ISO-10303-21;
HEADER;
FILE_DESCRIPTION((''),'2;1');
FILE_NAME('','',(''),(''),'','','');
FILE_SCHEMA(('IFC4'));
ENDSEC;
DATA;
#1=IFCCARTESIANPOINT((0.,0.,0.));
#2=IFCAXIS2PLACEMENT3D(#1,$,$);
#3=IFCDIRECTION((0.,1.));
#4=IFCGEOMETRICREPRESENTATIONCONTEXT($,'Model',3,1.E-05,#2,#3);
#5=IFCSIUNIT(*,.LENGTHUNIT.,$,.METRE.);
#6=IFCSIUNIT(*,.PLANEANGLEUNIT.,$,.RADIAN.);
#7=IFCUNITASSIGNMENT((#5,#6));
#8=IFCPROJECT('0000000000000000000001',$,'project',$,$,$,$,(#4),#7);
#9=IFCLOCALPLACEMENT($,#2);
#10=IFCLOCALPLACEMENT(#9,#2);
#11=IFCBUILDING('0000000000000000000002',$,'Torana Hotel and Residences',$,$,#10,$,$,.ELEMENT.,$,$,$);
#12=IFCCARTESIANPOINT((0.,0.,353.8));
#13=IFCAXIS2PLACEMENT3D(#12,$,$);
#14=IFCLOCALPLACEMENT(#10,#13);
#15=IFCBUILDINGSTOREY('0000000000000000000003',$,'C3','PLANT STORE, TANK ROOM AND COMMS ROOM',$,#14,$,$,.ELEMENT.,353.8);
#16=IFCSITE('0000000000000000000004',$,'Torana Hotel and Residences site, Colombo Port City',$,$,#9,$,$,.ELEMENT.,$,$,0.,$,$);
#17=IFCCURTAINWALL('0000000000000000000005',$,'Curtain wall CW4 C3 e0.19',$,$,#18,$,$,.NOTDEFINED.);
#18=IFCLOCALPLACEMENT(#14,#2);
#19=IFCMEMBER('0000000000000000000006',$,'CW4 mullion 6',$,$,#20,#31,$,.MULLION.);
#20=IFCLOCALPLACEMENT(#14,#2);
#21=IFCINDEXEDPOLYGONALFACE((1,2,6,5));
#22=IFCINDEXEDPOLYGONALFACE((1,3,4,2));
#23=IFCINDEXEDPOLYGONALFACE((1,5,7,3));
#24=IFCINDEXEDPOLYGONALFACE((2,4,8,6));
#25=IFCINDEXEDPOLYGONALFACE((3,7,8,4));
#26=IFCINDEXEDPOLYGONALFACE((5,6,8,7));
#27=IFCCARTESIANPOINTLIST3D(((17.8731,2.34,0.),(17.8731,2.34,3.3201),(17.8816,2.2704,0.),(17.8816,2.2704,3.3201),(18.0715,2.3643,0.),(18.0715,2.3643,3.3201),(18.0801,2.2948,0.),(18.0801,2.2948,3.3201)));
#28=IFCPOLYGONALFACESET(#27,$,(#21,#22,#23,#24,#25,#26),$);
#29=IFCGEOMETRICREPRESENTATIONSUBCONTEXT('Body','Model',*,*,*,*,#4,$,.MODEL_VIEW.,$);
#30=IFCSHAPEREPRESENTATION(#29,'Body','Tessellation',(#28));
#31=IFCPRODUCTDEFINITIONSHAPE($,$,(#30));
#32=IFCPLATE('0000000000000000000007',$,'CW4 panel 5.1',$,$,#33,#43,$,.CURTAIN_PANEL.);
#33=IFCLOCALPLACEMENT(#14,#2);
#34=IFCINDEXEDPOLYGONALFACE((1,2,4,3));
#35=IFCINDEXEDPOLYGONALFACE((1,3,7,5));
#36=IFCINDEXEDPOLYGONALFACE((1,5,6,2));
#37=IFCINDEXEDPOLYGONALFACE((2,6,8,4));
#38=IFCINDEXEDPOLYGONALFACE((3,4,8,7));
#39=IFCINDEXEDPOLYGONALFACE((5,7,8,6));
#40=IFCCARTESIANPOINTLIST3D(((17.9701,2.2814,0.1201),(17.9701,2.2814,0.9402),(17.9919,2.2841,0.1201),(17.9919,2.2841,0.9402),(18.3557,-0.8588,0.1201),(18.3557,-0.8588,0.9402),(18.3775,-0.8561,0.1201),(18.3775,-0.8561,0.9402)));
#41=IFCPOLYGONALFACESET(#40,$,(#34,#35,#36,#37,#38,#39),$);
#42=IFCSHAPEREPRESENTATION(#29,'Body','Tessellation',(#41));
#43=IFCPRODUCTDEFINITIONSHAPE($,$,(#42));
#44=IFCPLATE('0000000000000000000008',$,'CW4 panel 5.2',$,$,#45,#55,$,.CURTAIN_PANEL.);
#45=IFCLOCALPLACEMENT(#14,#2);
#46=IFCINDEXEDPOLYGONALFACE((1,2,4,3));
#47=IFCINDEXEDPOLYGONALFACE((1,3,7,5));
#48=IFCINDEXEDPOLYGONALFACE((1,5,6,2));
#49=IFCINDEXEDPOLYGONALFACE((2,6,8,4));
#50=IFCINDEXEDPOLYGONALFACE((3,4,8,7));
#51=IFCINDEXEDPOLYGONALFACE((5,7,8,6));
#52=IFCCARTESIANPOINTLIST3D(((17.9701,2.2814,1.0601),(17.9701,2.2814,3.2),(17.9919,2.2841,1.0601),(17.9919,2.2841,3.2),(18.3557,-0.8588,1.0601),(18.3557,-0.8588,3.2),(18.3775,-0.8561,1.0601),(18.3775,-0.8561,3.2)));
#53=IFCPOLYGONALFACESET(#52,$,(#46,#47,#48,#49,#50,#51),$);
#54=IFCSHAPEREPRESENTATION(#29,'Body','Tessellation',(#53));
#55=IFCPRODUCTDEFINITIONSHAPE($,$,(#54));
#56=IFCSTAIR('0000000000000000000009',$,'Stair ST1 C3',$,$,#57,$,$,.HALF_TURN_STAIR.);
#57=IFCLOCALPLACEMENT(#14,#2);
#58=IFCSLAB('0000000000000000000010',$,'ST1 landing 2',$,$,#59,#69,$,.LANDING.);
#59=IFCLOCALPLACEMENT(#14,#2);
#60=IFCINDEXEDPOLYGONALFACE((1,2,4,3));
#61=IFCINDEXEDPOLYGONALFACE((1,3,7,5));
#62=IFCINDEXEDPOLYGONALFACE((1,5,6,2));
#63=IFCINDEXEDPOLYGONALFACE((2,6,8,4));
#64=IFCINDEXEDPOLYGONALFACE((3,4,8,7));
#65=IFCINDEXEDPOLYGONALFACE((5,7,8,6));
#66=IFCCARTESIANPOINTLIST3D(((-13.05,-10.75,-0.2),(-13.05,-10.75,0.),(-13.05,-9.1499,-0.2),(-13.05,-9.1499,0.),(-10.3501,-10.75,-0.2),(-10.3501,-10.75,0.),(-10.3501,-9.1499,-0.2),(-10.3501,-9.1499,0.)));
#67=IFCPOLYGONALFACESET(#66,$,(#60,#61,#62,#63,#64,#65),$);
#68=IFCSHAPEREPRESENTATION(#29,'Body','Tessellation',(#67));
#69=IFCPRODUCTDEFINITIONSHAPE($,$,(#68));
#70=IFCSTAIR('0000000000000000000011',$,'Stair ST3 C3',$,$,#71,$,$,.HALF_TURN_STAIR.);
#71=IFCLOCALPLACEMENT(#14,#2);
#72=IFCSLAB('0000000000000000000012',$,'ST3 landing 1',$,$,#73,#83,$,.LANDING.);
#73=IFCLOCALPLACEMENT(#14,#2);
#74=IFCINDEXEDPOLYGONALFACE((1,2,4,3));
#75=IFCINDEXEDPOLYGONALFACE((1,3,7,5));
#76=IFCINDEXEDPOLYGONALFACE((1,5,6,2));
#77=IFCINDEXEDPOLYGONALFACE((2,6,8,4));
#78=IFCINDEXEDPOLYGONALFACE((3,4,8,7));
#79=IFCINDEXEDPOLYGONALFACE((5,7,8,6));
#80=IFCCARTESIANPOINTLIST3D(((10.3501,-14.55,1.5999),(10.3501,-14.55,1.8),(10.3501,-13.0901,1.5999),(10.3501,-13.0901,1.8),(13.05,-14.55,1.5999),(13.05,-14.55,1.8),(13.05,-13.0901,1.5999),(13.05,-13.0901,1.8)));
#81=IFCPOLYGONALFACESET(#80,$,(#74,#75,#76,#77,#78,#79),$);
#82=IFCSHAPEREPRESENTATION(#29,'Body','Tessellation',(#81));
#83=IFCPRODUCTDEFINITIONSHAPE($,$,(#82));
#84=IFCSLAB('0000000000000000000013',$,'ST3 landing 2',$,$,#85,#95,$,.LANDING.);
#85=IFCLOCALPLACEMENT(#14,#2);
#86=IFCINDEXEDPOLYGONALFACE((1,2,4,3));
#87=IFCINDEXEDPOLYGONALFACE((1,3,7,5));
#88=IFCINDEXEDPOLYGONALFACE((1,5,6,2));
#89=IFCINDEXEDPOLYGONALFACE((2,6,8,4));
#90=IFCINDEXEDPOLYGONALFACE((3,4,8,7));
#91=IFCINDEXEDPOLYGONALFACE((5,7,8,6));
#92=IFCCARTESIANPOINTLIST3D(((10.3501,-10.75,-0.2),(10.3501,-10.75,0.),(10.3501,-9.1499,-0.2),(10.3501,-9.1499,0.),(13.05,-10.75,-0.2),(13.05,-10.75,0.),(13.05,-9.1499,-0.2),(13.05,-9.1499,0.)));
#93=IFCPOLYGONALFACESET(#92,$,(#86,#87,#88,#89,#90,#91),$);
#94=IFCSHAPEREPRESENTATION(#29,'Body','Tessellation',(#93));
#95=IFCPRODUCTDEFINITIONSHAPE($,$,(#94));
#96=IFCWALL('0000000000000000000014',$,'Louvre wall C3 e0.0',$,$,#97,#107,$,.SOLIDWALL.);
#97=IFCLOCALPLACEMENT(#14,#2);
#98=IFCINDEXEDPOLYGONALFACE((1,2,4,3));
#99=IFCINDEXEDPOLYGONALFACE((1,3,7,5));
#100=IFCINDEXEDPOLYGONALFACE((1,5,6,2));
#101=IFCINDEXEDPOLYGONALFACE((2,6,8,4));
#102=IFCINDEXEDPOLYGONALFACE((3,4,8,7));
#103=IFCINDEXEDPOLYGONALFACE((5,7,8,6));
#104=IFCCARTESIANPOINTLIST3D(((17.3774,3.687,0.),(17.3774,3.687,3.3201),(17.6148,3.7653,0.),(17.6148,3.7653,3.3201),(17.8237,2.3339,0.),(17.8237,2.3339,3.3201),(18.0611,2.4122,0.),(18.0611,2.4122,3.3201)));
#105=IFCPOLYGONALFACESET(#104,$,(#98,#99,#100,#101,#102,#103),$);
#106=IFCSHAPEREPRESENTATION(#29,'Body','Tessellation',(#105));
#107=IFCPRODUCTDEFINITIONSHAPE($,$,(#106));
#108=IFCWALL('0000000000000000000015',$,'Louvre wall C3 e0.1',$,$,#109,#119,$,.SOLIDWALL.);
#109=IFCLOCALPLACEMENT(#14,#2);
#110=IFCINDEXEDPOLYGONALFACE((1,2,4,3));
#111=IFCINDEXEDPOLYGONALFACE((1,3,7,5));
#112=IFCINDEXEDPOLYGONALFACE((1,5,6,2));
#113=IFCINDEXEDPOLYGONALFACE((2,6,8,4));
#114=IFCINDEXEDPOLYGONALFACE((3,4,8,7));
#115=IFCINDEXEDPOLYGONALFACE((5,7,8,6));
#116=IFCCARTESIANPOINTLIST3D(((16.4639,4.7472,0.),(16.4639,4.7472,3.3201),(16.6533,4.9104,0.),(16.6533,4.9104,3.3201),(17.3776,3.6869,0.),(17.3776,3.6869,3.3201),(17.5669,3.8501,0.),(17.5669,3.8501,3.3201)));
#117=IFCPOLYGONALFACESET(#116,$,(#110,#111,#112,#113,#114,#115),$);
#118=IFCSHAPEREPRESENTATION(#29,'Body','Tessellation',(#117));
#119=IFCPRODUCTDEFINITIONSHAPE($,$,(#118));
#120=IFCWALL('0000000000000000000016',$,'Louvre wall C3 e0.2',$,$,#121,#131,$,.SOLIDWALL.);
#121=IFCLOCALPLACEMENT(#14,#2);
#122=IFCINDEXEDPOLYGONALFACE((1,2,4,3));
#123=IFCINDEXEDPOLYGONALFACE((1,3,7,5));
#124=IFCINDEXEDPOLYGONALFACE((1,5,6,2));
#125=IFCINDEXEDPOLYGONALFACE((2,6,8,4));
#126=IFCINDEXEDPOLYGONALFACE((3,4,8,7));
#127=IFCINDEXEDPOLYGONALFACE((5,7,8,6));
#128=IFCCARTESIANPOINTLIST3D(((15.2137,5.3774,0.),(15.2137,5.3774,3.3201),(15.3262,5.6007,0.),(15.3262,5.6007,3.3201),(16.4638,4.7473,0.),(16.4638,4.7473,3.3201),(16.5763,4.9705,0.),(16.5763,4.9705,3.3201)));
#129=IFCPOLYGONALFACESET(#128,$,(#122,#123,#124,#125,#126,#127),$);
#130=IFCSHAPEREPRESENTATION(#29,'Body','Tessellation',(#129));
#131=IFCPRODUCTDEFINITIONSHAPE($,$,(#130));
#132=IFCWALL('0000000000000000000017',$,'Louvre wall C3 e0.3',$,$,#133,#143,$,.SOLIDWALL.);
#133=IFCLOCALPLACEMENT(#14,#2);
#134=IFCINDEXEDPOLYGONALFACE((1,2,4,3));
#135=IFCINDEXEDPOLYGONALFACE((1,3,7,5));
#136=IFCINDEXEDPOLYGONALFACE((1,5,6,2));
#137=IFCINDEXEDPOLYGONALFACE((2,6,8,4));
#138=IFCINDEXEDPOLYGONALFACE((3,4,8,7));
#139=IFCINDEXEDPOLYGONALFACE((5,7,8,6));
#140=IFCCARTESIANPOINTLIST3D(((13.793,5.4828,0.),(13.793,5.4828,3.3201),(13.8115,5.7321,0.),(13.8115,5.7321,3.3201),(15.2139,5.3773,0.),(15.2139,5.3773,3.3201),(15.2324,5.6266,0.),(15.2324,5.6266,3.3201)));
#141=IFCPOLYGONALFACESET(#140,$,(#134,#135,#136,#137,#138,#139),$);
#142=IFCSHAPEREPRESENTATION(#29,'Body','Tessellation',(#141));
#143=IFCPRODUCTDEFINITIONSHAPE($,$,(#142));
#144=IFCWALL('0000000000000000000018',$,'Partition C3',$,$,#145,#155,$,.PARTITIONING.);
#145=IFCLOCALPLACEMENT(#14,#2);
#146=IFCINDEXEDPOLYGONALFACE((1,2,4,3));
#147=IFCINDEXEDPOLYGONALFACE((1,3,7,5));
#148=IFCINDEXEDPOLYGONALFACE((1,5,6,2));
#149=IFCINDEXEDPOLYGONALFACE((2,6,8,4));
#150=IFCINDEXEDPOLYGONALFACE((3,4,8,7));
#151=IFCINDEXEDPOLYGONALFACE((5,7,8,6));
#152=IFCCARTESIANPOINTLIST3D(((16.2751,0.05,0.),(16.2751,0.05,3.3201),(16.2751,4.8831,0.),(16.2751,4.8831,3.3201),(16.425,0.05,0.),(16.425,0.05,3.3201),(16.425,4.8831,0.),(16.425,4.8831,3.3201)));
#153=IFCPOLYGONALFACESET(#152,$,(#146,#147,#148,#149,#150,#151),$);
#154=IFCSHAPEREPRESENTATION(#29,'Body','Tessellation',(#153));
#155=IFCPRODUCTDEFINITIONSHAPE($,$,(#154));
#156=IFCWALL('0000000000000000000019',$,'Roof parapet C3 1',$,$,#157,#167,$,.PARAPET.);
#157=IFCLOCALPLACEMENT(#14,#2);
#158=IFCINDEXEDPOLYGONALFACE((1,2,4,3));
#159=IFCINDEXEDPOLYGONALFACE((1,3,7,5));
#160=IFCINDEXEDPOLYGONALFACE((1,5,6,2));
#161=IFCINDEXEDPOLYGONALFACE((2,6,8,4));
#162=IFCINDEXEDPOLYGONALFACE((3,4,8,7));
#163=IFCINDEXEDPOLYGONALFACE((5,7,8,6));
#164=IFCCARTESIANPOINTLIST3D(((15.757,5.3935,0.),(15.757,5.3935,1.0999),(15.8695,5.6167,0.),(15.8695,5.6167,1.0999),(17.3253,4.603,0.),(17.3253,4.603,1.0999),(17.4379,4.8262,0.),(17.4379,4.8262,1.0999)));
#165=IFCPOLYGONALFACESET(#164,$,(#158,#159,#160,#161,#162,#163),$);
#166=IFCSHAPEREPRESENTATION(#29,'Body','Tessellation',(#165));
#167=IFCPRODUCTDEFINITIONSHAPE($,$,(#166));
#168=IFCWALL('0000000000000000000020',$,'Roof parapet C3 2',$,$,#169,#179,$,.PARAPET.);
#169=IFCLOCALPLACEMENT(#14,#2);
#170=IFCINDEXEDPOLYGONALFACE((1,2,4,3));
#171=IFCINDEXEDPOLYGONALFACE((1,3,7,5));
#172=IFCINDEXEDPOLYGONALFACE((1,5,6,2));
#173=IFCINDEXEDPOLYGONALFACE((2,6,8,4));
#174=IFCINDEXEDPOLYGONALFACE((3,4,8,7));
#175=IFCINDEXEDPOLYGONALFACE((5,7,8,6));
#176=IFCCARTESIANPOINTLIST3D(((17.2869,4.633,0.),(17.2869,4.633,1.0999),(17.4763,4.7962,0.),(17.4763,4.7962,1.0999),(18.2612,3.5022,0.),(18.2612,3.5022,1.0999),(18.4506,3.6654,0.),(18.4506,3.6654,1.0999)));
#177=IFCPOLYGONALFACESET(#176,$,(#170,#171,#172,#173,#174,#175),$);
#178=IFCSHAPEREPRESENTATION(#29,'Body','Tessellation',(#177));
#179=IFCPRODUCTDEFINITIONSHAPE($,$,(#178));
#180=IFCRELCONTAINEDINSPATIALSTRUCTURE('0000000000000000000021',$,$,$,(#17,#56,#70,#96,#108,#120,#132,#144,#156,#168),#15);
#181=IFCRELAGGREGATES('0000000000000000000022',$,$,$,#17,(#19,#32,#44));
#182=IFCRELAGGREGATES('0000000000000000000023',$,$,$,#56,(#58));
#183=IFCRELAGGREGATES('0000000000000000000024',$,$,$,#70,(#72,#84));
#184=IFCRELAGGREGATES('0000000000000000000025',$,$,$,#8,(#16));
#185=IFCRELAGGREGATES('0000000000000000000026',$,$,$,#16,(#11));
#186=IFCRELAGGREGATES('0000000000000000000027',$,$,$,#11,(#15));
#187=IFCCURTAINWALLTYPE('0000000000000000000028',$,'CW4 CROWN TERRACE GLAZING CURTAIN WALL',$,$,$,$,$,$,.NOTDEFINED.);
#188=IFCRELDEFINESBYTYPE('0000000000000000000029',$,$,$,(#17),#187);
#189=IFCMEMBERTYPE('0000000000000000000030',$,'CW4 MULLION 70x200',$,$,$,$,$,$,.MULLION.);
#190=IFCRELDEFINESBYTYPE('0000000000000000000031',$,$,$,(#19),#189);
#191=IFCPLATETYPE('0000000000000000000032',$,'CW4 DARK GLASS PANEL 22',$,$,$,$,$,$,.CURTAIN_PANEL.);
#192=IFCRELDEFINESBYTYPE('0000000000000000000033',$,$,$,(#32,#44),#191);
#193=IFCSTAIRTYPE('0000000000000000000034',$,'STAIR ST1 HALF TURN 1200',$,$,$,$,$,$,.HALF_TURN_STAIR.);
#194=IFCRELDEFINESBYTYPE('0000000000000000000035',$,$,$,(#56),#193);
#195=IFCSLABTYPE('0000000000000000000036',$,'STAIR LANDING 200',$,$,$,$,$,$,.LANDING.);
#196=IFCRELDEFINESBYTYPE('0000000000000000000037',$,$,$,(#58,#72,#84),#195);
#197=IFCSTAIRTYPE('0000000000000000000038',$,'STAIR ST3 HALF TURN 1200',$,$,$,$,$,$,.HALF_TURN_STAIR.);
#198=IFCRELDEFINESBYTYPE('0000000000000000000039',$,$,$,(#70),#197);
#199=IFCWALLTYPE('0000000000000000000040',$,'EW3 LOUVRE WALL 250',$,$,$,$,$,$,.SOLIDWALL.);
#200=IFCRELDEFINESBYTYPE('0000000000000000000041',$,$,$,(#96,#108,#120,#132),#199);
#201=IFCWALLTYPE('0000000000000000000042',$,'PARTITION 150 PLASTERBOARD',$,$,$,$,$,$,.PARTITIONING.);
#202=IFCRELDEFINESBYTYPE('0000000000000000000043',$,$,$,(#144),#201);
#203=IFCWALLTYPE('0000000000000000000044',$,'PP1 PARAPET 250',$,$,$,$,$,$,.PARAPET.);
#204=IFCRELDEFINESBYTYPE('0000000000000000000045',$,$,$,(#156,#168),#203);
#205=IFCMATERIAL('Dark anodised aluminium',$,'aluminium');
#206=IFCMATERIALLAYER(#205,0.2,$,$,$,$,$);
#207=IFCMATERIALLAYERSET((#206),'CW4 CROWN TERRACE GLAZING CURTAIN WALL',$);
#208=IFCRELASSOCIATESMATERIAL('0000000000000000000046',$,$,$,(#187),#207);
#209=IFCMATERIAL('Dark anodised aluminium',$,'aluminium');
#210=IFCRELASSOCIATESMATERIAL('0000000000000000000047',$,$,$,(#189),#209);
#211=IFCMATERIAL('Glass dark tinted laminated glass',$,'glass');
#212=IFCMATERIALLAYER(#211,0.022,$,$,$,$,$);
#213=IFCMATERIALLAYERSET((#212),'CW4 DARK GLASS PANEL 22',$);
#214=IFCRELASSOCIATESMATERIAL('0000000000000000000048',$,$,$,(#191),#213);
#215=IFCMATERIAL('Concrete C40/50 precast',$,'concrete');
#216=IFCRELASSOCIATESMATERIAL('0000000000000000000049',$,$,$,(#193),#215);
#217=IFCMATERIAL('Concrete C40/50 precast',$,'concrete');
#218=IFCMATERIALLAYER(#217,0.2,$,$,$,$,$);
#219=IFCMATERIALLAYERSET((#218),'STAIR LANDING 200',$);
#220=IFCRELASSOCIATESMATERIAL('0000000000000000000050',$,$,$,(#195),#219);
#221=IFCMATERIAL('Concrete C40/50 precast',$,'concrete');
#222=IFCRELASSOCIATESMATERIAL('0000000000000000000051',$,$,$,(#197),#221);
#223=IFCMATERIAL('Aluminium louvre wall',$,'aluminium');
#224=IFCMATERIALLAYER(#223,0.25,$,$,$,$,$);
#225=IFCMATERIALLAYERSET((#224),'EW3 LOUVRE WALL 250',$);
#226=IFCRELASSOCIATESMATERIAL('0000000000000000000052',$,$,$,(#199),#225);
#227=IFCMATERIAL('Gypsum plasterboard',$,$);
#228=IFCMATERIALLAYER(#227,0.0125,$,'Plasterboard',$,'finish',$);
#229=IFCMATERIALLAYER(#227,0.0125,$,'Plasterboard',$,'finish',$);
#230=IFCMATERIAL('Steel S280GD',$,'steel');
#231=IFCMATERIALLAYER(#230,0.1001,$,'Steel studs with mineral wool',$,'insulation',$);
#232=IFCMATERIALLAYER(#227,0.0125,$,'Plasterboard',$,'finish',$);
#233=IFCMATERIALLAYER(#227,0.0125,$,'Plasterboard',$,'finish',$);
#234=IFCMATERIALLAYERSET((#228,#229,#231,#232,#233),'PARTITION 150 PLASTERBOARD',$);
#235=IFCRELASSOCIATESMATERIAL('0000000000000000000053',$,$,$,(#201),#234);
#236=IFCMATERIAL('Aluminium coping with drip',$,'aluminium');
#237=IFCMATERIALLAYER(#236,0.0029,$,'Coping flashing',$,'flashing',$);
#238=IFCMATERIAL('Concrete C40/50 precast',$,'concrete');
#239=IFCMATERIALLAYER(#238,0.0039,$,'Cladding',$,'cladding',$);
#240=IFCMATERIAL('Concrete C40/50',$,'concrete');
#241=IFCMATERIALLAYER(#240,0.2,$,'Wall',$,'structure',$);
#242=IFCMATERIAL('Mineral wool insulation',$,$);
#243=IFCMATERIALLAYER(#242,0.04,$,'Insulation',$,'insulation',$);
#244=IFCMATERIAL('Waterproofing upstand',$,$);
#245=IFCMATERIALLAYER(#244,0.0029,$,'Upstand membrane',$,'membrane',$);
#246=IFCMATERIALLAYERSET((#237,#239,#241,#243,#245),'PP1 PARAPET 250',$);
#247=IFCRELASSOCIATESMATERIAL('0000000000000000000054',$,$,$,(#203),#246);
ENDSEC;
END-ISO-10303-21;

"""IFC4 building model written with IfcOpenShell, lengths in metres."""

from ifc_helpers import new_model, si_unit, direction, frame, frame_2d, origin, origin_2d, place, context, subcontext, project, spatial, polyline, rectangle, outline, extrude, material, layer, layer_set, material_profile, profile_set, type_object, element, aggregate, save


model = new_model("IFC4")

# Units and contexts
model_context = context("Model", 3, precision=1e-05, world=origin(), true_north=direction((0.0, 1.0)))
body_context = subcontext(model_context, "Body", "Model", "MODEL_VIEW")
ifc_project = project(units=[si_unit("LENGTHUNIT", "METRE"), si_unit("PLANEANGLEUNIT", "RADIAN")], contexts=[model_context])

# Site, building, storey
site_placement = place(None, origin())
site = spatial("IfcSite", under=ifc_project, at=site_placement, Name="Torana Hotel and Residences site, Colombo Port City", CompositionType="ELEMENT", RefElevation=0.0)
building_placement = place(site_placement, origin())
building = spatial("IfcBuilding", under=site, at=building_placement, Name="Torana Hotel and Residences", CompositionType="ELEMENT")
storey_placement = place(building_placement, frame((0.0, 0.0, 353.8)))
storey = spatial("IfcBuildingStorey", under=building, at=storey_placement, Name="C3", Description="PLANT STORE, TANK ROOM AND COMMS ROOM", CompositionType="ELEMENT", Elevation=353.8)

# Curtain wall, member, plates
ifc_material_1 = material(Name="Dark anodised aluminium", Category="aluminium")
ifc_layer_1 = layer(ifc_material_1, 0.2)
ifc_layer_set_1 = layer_set([ifc_layer_1], Name="CW4 CROWN TERRACE GLAZING CURTAIN WALL")
curtain_wall_type = type_object("IfcCurtainWallType", Name="CW4 CROWN TERRACE GLAZING CURTAIN WALL", PredefinedType="NOTDEFINED", material=ifc_layer_set_1)
curtain_wall_placement = place(storey_placement, origin())
curtain_wall = element("IfcCurtainWall", 1, at=curtain_wall_placement, inside=storey, type_object=curtain_wall_type, Name="Curtain wall CW4 C3 e0.19", PredefinedType="NOTDEFINED")
ifc_material_2 = material(Name="Dark anodised aluminium", Category="aluminium")
ifc_material_profile = material_profile(ifc_material_2, rectangle(XDim=0.2, YDim=0.0701, at=origin_2d()), Name="CW4 MULLION 70x200")
ifc_profile_set = profile_set([ifc_material_profile], Name="Dark anodised aluminium")
member_type = type_object("IfcMemberType", Name="CW4 MULLION 70x200", PredefinedType="MULLION", material=ifc_profile_set)
member_placement = place(storey_placement, frame((17.9766, 2.3174, 0.0), z_axis=(0.0, 0.0, 1.0), x_axis=(-0.992546, -0.121867, 0.0)))
member = element("IfcMember", 2, at=member_placement, type_object=member_type, Name="CW4 mullion 6", PredefinedType="MULLION", context=body_context, shape_type="SweptSolid", body=[
    extrude(rectangle(XDim=0.2, YDim=0.0701, at=origin_2d()), origin(), (0.0, 0.0, 1.0), 3.3201),
])
ifc_material_3 = material(Name="Glass dark tinted laminated glass", Category="glass")
ifc_layer_2 = layer(ifc_material_3, 0.022)
ifc_layer_set_2 = layer_set([ifc_layer_2], Name="CW4 DARK GLASS PANEL 22")
plate_type = type_object("IfcPlateType", Name="CW4 DARK GLASS PANEL 22", PredefinedType="CURTAIN_PANEL", material=ifc_layer_set_2)
plate_1_placement = place(storey_placement, frame((18.1738, 0.7126, 0.1201), z_axis=(0.0, 0.0, 1.0), x_axis=(-0.121867, 0.992546, 0.0)))
plate_1 = element("IfcPlate", 3, at=plate_1_placement, type_object=plate_type, Name="CW4 panel 5.1", PredefinedType="CURTAIN_PANEL", context=body_context, shape_type="SweptSolid", body=[
    extrude(rectangle(XDim=3.1638, YDim=0.022, at=origin_2d()), origin(), (0.0, 0.0, 1.0), 0.8201),
])
plate_2_placement = place(storey_placement, frame((18.1738, 0.7126, 1.0601), z_axis=(0.0, 0.0, 1.0), x_axis=(-0.121867, 0.992546, 0.0)))
plate_2 = element("IfcPlate", 4, at=plate_2_placement, type_object=plate_type, Name="CW4 panel 5.2", PredefinedType="CURTAIN_PANEL", context=body_context, shape_type="SweptSolid", body=[
    extrude(rectangle(XDim=3.1638, YDim=0.022, at=origin_2d()), origin(), (0.0, 0.0, 1.0), 2.1399),
])
aggregate(curtain_wall, [member, plate_1, plate_2])

# Stair, slab
ifc_material_4 = material(Name="Concrete C40/50 precast", Category="concrete")
stair_type_1 = type_object("IfcStairType", Name="STAIR ST1 HALF TURN 1200", PredefinedType="HALF_TURN_STAIR", material=ifc_material_4)
stair_1_placement = place(storey_placement, origin())
stair_1 = element("IfcStair", 5, at=stair_1_placement, inside=storey, type_object=stair_type_1, Name="Stair ST1 C3", PredefinedType="HALF_TURN_STAIR")
ifc_material_5 = material(Name="Concrete C40/50 precast", Category="concrete")
ifc_layer_3 = layer(ifc_material_5, 0.2)
ifc_layer_set_3 = layer_set([ifc_layer_3], Name="STAIR LANDING 200")
slab_type = type_object("IfcSlabType", Name="STAIR LANDING 200", PredefinedType="LANDING", material=ifc_layer_set_3)
slab_1_placement = place(storey_placement, frame((0.0, 0.0, -0.2)))
slab_1 = element("IfcSlab", 6, at=slab_1_placement, type_object=slab_type, Name="ST1 landing 2", PredefinedType="LANDING", context=body_context, shape_type="SweptSolid", body=[
    extrude(outline(polyline([(-13.05, -10.75), (-10.3501, -10.75), (-10.3501, -9.1499), (-13.05, -9.1499), (-13.05, -10.75)])), origin(), (0.0, 0.0, 1.0), 0.2),
])
aggregate(stair_1, [slab_1])

# Stair, slabs
ifc_material_6 = material(Name="Concrete C40/50 precast", Category="concrete")
stair_type_2 = type_object("IfcStairType", Name="STAIR ST3 HALF TURN 1200", PredefinedType="HALF_TURN_STAIR", material=ifc_material_6)
stair_2_placement = place(storey_placement, origin())
stair_2 = element("IfcStair", 7, at=stair_2_placement, inside=storey, type_object=stair_type_2, Name="Stair ST3 C3", PredefinedType="HALF_TURN_STAIR")
slab_2_placement = place(storey_placement, frame((0.0, 0.0, 1.5999)))
slab_2 = element("IfcSlab", 8, at=slab_2_placement, type_object=slab_type, Name="ST3 landing 1", PredefinedType="LANDING", context=body_context, shape_type="SweptSolid", body=[
    extrude(outline(polyline([(10.3501, -14.55), (13.05, -14.55), (13.05, -13.0901), (10.3501, -13.0901), (10.3501, -14.55)])), origin(), (0.0, 0.0, 1.0), 0.2002),
])
slab_3_placement = place(storey_placement, frame((0.0, 0.0, -0.2)))
slab_3 = element("IfcSlab", 9, at=slab_3_placement, type_object=slab_type, Name="ST3 landing 2", PredefinedType="LANDING", context=body_context, shape_type="SweptSolid", body=[
    extrude(outline(polyline([(10.3501, -10.75), (13.05, -10.75), (13.05, -9.1499), (10.3501, -9.1499), (10.3501, -10.75)])), origin(), (0.0, 0.0, 1.0), 0.2),
])
aggregate(stair_2, [slab_2, slab_3])

# Walls
ifc_material_7 = material(Name="Aluminium louvre wall", Category="aluminium")
ifc_layer_4 = layer(ifc_material_7, 0.25)
ifc_layer_set_4 = layer_set([ifc_layer_4], Name="EW3 LOUVRE WALL 250")
wall_type_1 = type_object("IfcWallType", Name="EW3 LOUVRE WALL 250", PredefinedType="SOLIDWALL", material=ifc_layer_set_4)
wall_1_placement = place(storey_placement, frame((17.9424, 2.373, 0.0), z_axis=(0.0, 0.0, 1.0), x_axis=(-0.313245, 0.949672, 0.0)))
element("IfcWall", 10, at=wall_1_placement, inside=storey, type_object=wall_type_1, Name="Louvre wall C3 e0.0", PredefinedType="SOLIDWALL", context=body_context, shape_type="SweptSolid", body=[
    extrude(rectangle(XDim=1.4248, YDim=0.25, at=frame_2d((0.7124, 0.0))), origin(), (0.0, 0.0, 1.0), 3.3201),
])
wall_2_placement = place(storey_placement, frame((17.4722, 3.7686, 0.0), z_axis=(0.0, 0.0, 1.0), x_axis=(-0.652743, 0.757579, 0.0)))
element("IfcWall", 11, at=wall_2_placement, inside=storey, type_object=wall_type_1, Name="Louvre wall C3 e0.1", PredefinedType="SOLIDWALL", context=body_context, shape_type="SweptSolid", body=[
    extrude(rectangle(XDim=1.3997, YDim=0.25, at=frame_2d((0.6997, 0.0))), origin(), (0.0, 0.0, 1.0), 3.3201),
])
wall_3_placement = place(storey_placement, frame((16.52, 4.8589, 0.0), z_axis=(0.0, 0.0, 1.0), x_axis=(-0.892957, 0.450141, 0.0)))
element("IfcWall", 12, at=wall_3_placement, inside=storey, type_object=wall_type_1, Name="Louvre wall C3 e0.2", PredefinedType="SOLIDWALL", context=body_context, shape_type="SweptSolid", body=[
    extrude(rectangle(XDim=1.3999, YDim=0.25, at=frame_2d((0.7, 0.0))), origin(), (0.0, 0.0, 1.0), 3.3201),
])
wall_4_placement = place(storey_placement, frame((15.2231, 5.502, 0.0), z_axis=(0.0, 0.0, 1.0), x_axis=(-0.997257, 0.074023, 0.0)))
element("IfcWall", 13, at=wall_4_placement, inside=storey, type_object=wall_type_1, Name="Louvre wall C3 e0.3", PredefinedType="SOLIDWALL", context=body_context, shape_type="SweptSolid", body=[
    extrude(rectangle(XDim=1.4248, YDim=0.25, at=frame_2d((0.7124, 0.0))), origin(), (0.0, 0.0, 1.0), 3.3201),
])

# Walls
ifc_material_8 = material(Name="Gypsum plasterboard")
ifc_layer_5 = layer(ifc_material_8, 0.0125, Name="Plasterboard", Category="finish")
ifc_layer_6 = layer(ifc_material_8, 0.0125, Name="Plasterboard", Category="finish")
ifc_material_9 = material(Name="Steel S280GD", Category="steel")
ifc_layer_7 = layer(ifc_material_9, 0.1001, Name="Steel studs with mineral wool", Category="insulation")
ifc_layer_8 = layer(ifc_material_8, 0.0125, Name="Plasterboard", Category="finish")
ifc_layer_9 = layer(ifc_material_8, 0.0125, Name="Plasterboard", Category="finish")
ifc_layer_set_5 = layer_set([ifc_layer_5, ifc_layer_6, ifc_layer_7, ifc_layer_8, ifc_layer_9], Name="PARTITION 150 PLASTERBOARD")
wall_type_2 = type_object("IfcWallType", Name="PARTITION 150 PLASTERBOARD", PredefinedType="PARTITIONING", material=ifc_layer_set_5)
wall_5_placement = place(storey_placement, frame((16.3501, 0.05, 0.0), z_axis=(0.0, 0.0, 1.0), x_axis=(0.0, 1.0, 0.0)))
element("IfcWall", 14, at=wall_5_placement, inside=storey, type_object=wall_type_2, Name="Partition C3", PredefinedType="PARTITIONING", context=body_context, shape_type="SweptSolid", body=[
    extrude(rectangle(XDim=4.833, YDim=0.1499, at=frame_2d((2.4165, 0.0))), origin(), (0.0, 0.0, 1.0), 3.3201),
])
ifc_material_10 = material(Name="Aluminium coping with drip", Category="aluminium")
ifc_layer_10 = layer(ifc_material_10, 0.0029, Name="Coping flashing", Category="flashing")
ifc_material_11 = material(Name="Concrete C40/50 precast", Category="concrete")
ifc_layer_11 = layer(ifc_material_11, 0.0039, Name="Cladding", Category="cladding")
ifc_material_12 = material(Name="Concrete C40/50", Category="concrete")
ifc_layer_12 = layer(ifc_material_12, 0.2, Name="Wall", Category="structure")
ifc_material_13 = material(Name="Mineral wool insulation")
ifc_layer_13 = layer(ifc_material_13, 0.04, Name="Insulation", Category="insulation")
ifc_material_14 = material(Name="Waterproofing upstand")
ifc_layer_14 = layer(ifc_material_14, 0.0029, Name="Upstand membrane", Category="membrane")
ifc_layer_set_6 = layer_set([ifc_layer_10, ifc_layer_11, ifc_layer_12, ifc_layer_13, ifc_layer_14], Name="PP1 PARAPET 250")
wall_type_3 = type_object("IfcWallType", Name="PP1 PARAPET 250", PredefinedType="PARAPET", material=ifc_layer_set_6)
wall_6_placement = place(storey_placement, frame((15.8132, 5.5051, 0.0), z_axis=(0.0, 0.0, 1.0), x_axis=(0.892977, -0.450103, 0.0)))
element("IfcWall", 15, at=wall_6_placement, inside=storey, type_object=wall_type_3, Name="Roof parapet C3 1", PredefinedType="PARAPET", context=body_context, shape_type="SweptSolid", body=[
    extrude(rectangle(XDim=1.7563, YDim=0.25, at=frame_2d((0.8782, 0.0))), origin(), (0.0, 0.0, 1.0), 1.0999),
])
wall_7_placement = place(storey_placement, frame((17.3816, 4.7146, 0.0), z_axis=(0.0, 0.0, 1.0), x_axis=(0.652742, -0.75758, 0.0)))
element("IfcWall", 16, at=wall_7_placement, inside=storey, type_object=wall_type_3, Name="Roof parapet C3 2", PredefinedType="PARAPET", context=body_context, shape_type="SweptSolid", body=[
    extrude(rectangle(XDim=1.4927, YDim=0.25, at=frame_2d((0.7463, 0.0))), origin(), (0.0, 0.0, 1.0), 1.0999),
])

save(model, "model.ifc")
